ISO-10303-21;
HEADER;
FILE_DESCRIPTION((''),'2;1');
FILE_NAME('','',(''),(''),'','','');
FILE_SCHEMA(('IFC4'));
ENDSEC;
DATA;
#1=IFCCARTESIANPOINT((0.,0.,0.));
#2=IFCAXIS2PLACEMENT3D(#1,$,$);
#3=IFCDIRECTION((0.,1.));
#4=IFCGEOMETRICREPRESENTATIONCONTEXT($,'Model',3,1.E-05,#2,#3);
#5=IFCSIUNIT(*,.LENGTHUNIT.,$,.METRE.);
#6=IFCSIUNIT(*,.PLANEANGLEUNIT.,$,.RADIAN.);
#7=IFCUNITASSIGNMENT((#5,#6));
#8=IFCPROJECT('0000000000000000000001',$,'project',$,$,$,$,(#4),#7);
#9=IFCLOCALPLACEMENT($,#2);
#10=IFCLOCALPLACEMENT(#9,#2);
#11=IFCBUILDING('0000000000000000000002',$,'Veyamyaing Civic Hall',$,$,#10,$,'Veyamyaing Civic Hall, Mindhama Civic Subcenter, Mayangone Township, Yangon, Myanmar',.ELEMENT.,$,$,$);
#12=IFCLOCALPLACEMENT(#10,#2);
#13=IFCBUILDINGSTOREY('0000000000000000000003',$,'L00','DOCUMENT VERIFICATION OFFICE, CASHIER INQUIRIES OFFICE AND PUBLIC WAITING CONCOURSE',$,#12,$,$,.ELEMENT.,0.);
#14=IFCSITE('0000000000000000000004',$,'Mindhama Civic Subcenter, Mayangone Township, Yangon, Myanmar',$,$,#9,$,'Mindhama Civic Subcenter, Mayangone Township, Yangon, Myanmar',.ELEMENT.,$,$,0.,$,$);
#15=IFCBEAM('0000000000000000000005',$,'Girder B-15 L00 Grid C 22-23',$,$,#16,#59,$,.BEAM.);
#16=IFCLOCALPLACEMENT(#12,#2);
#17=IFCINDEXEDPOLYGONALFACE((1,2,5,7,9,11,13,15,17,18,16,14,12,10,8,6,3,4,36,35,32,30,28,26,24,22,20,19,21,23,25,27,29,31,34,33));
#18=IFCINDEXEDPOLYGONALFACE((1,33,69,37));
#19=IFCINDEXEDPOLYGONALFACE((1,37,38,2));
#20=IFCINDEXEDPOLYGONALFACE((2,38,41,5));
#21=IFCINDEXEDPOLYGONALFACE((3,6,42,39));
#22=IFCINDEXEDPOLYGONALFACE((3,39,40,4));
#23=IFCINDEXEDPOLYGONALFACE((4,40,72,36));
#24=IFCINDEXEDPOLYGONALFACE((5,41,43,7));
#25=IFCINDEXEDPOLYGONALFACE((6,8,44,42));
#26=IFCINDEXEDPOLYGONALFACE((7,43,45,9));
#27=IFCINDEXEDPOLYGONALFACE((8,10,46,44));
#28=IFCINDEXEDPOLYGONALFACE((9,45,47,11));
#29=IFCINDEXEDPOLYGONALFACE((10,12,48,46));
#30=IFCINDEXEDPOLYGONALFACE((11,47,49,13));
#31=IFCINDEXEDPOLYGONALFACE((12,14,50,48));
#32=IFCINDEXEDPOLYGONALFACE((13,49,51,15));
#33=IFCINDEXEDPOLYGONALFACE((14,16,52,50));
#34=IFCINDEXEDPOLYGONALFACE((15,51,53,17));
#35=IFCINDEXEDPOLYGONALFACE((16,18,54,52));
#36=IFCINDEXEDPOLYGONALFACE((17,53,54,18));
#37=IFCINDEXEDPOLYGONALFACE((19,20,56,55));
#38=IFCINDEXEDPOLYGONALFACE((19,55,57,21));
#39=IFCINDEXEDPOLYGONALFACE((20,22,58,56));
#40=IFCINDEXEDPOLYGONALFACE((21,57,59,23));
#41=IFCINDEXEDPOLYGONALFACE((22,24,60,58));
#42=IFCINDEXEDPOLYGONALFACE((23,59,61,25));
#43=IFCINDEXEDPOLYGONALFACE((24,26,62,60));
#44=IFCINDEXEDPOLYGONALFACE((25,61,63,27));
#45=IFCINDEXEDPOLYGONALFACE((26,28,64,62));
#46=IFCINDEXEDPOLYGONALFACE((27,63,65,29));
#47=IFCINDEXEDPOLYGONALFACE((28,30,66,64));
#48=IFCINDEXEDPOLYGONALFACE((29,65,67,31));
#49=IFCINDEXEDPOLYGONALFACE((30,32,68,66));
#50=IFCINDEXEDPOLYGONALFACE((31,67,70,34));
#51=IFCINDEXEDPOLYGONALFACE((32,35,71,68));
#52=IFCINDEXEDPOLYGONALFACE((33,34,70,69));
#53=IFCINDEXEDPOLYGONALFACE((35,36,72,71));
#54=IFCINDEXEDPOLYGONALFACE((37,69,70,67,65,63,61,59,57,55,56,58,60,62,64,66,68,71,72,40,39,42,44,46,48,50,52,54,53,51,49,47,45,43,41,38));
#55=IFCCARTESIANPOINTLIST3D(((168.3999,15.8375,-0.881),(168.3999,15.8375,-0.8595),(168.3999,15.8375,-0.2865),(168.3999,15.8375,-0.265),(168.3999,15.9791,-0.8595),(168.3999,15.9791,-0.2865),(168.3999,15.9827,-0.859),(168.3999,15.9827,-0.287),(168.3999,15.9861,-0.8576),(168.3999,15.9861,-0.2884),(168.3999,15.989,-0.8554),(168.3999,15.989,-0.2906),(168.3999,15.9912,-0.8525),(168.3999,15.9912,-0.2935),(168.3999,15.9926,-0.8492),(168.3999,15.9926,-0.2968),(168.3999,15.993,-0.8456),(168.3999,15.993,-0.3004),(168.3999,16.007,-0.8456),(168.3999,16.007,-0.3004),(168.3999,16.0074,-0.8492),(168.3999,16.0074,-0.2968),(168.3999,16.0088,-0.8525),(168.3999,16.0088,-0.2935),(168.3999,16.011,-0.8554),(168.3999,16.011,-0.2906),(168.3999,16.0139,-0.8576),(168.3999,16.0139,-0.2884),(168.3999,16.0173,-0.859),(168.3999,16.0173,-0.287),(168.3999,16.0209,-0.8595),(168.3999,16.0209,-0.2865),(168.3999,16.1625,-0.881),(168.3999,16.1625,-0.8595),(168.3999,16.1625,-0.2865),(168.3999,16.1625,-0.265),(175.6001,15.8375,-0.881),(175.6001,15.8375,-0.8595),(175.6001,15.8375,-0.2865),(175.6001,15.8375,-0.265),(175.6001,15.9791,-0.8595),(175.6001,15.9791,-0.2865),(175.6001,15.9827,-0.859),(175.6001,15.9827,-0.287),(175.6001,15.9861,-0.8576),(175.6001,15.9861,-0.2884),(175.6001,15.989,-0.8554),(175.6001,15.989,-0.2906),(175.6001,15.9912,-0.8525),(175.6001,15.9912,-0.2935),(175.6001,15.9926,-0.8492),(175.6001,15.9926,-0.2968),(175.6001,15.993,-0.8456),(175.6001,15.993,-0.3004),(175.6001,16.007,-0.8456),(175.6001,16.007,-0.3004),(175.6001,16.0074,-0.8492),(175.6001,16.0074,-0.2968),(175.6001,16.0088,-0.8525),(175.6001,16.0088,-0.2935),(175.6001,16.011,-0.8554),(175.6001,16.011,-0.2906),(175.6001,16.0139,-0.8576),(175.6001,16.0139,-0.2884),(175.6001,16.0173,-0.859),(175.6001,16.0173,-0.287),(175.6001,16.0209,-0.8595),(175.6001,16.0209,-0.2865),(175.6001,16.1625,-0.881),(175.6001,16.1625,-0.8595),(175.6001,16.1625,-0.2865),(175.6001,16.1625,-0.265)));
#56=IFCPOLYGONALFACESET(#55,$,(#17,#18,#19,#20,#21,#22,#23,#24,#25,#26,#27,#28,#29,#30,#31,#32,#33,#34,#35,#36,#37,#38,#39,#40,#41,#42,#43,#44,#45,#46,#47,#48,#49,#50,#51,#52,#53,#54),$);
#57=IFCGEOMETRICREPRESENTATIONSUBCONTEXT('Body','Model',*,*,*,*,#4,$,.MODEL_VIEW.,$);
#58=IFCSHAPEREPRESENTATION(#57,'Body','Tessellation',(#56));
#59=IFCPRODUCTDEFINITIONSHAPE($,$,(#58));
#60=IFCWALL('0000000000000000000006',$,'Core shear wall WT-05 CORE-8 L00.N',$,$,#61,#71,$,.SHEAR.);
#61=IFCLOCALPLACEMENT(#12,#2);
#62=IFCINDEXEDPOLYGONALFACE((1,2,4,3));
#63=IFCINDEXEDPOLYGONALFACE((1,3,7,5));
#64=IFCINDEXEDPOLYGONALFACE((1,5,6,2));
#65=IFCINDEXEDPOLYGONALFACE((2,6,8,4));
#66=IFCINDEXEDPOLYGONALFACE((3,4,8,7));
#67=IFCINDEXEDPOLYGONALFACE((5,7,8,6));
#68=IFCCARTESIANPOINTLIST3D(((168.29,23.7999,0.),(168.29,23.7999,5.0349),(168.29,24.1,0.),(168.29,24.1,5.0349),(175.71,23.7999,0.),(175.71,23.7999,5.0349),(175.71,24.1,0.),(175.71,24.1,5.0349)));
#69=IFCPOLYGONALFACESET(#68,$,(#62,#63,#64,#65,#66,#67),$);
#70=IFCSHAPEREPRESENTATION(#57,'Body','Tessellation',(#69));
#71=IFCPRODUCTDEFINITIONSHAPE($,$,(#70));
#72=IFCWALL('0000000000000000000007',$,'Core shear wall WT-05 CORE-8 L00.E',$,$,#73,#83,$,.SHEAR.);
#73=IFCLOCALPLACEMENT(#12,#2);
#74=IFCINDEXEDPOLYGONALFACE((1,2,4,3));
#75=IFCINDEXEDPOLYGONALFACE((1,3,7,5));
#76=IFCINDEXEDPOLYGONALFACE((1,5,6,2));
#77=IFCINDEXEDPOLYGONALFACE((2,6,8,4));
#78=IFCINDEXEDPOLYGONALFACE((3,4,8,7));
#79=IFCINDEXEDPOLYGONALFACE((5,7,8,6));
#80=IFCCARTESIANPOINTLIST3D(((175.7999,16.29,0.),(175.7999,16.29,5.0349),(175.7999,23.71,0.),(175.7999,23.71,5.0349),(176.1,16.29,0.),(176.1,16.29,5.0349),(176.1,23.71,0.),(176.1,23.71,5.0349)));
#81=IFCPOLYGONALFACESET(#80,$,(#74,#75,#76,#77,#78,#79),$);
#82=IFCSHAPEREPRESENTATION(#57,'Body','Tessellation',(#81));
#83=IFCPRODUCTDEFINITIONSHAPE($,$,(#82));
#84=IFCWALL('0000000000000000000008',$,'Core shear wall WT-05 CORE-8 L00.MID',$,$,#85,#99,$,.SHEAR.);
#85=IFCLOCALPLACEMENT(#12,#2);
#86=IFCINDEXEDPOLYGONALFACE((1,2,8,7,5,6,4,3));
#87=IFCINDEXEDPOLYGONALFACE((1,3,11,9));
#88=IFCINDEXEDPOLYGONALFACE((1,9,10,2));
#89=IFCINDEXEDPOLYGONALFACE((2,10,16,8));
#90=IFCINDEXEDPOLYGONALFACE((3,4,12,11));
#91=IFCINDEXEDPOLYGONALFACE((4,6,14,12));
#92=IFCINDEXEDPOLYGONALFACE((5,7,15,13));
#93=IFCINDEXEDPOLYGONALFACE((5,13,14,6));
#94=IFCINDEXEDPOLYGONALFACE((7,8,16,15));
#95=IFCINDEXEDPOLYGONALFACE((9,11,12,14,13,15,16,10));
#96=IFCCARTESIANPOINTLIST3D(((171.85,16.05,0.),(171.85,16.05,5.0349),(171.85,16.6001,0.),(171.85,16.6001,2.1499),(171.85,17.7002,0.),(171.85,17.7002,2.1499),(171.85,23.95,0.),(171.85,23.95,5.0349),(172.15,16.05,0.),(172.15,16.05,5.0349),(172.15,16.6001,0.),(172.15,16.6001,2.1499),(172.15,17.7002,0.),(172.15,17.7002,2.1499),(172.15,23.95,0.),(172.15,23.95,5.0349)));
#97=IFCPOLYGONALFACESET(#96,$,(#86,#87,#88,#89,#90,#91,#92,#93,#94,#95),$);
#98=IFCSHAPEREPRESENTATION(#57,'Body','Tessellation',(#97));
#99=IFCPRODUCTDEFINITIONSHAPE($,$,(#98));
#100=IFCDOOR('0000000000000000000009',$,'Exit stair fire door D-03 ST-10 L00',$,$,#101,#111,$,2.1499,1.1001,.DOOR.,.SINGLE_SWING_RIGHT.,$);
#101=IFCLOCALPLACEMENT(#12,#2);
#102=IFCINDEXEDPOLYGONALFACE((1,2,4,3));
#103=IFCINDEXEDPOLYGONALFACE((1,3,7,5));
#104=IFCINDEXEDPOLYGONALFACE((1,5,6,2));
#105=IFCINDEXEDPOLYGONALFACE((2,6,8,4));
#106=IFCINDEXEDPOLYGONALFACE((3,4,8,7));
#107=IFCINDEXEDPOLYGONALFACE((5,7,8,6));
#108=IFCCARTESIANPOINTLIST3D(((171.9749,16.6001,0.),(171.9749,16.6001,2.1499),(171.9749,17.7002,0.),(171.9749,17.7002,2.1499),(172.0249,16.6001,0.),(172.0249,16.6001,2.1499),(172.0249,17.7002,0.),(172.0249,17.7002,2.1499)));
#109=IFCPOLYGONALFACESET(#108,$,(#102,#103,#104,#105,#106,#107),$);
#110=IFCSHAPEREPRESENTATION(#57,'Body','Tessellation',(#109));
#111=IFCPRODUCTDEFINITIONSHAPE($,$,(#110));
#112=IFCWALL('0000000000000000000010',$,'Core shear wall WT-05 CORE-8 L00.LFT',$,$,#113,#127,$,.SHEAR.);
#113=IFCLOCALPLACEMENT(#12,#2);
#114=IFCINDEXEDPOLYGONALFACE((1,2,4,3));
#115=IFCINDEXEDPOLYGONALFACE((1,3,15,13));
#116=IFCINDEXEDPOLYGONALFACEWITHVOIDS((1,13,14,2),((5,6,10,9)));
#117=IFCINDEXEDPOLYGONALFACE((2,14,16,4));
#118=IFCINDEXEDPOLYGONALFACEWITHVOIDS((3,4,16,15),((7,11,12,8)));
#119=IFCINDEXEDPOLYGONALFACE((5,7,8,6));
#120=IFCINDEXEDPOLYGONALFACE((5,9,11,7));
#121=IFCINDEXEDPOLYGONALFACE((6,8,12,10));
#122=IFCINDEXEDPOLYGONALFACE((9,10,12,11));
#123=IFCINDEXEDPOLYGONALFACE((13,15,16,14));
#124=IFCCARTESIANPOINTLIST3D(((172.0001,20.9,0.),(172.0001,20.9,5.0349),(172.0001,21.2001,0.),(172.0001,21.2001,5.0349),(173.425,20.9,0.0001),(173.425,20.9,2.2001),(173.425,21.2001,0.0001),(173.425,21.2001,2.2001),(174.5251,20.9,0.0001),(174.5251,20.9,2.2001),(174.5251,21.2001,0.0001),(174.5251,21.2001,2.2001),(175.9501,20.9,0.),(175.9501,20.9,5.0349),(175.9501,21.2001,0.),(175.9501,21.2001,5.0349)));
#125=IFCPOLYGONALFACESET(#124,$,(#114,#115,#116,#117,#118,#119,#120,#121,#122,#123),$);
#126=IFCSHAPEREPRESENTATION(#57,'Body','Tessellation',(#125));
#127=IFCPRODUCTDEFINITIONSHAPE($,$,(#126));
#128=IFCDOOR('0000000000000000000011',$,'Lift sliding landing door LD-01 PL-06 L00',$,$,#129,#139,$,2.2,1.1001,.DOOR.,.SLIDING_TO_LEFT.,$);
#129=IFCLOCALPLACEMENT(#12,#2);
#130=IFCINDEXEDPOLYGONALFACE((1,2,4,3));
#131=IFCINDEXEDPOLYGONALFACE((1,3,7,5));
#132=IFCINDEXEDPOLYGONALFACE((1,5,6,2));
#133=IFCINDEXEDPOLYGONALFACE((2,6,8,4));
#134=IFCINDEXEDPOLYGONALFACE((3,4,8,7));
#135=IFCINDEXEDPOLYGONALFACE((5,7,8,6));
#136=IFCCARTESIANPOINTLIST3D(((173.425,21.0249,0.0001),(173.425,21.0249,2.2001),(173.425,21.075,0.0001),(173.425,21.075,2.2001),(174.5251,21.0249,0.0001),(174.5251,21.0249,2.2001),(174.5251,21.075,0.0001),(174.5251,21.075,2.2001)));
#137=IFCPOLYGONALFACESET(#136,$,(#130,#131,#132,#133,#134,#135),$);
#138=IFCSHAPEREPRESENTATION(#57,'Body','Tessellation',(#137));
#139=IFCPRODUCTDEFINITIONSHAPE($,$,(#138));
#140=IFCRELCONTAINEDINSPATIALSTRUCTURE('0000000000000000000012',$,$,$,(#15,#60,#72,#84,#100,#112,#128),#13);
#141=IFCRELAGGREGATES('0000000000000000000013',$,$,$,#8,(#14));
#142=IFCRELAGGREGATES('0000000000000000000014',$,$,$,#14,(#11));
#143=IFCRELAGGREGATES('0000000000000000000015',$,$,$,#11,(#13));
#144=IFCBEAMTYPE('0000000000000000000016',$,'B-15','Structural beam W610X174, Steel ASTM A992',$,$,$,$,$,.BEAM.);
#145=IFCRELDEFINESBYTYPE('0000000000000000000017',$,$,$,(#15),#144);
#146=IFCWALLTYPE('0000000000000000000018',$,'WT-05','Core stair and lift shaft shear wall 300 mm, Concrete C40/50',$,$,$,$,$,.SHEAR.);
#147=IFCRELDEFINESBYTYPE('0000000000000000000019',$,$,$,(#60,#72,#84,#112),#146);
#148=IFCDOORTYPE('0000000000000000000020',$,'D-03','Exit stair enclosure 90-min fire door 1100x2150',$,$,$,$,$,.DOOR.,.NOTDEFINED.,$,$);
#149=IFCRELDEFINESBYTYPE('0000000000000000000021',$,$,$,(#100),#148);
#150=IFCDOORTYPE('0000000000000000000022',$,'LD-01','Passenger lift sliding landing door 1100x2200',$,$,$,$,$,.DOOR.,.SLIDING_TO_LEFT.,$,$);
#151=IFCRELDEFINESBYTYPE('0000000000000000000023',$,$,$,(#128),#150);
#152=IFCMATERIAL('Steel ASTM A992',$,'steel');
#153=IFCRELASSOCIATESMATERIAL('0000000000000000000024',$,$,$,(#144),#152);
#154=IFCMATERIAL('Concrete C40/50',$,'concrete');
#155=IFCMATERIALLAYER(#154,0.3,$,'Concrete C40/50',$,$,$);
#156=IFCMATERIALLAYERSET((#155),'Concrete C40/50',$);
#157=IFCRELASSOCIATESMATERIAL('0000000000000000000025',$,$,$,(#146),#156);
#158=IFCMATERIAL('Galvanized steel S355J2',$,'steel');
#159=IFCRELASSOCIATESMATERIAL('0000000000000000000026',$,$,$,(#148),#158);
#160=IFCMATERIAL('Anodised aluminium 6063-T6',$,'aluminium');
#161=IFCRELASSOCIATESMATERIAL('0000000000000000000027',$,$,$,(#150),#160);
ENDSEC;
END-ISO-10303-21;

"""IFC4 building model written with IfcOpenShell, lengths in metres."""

from ifc_helpers import new_model, si_unit, direction, frame, frame_2d, origin, origin_2d, place, context, subcontext, project, spatial, rectangle, i_section, extrude, material, layer, layer_set, material_profile, profile_set, type_object, element, fill, save


model = new_model("IFC4")

# Units and contexts
model_context = context("Model", 3, precision=1e-05, world=origin(), true_north=direction((0.0, 1.0)))
body_context = subcontext(model_context, "Body", "Model", "MODEL_VIEW")
ifc_project = project(units=[si_unit("LENGTHUNIT", "METRE"), si_unit("PLANEANGLEUNIT", "RADIAN")], contexts=[model_context])

# Site, building, storey
site_placement = place(None, origin())
site = spatial("IfcSite", under=ifc_project, at=site_placement, Name="Mindhama Civic Subcenter, Mayangone Township, Yangon, Myanmar", LongName="Mindhama Civic Subcenter, Mayangone Township, Yangon, Myanmar", CompositionType="ELEMENT", RefElevation=0.0)
building_placement = place(site_placement, origin())
building = spatial("IfcBuilding", under=site, at=building_placement, Name="Veyamyaing Civic Hall", LongName="Veyamyaing Civic Hall, Mindhama Civic Subcenter, Mayangone Township, Yangon, Myanmar", CompositionType="ELEMENT")
storey_placement = place(building_placement, origin())
storey = spatial("IfcBuildingStorey", under=building, at=storey_placement, Name="L00", Description="DOCUMENT VERIFICATION OFFICE, CASHIER INQUIRIES OFFICE AND PUBLIC WAITING CONCOURSE", CompositionType="ELEMENT", Elevation=0.0)

# Beam
ifc_material_1 = material(Name="Steel ASTM A992", Category="steel")
ifc_material_profile_1 = material_profile(ifc_material_1, i_section(OverallWidth=0.325, OverallDepth=0.616, WebThickness=0.0139, FlangeThickness=0.0215, FilletRadius=0.0139, at=origin_2d()), Name="W610X174")
ifc_profile_set_1 = profile_set([ifc_material_profile_1], Name="Steel ASTM A992")
beam_type_1 = type_object("IfcBeamType", Name="B-15", Description="Structural beam W610X174, Steel ASTM A992", PredefinedType="BEAM", material=ifc_profile_set_1)
beam_1_placement = place(storey_placement, frame((168.3999, 16.0, -0.573), z_axis=(1.0, 0.0, 0.0), x_axis=(0.0, 1.0, 0.0)))
element("IfcBeam", 1, at=beam_1_placement, inside=storey, type_object=beam_type_1, Name="Girder B-15 L00 Grid C 22-23", PredefinedType="BEAM", context=body_context, shape_type="SweptSolid", body=[
    extrude(i_section(OverallWidth=0.325, OverallDepth=0.616, WebThickness=0.0139, FlangeThickness=0.0215, FilletRadius=0.0139, at=origin_2d()), origin(), (0.0, 0.0, 1.0), 7.2002),
])

# Walls
ifc_material_2 = material(Name="Concrete C40/50", Category="concrete")
ifc_layer_1 = layer(ifc_material_2, 0.3, Name="Concrete C40/50")
ifc_layer_set_1 = layer_set([ifc_layer_1], Name="Concrete C40/50")
wall_type_1 = type_object("IfcWallType", Name="WT-05", Description="Core stair and lift shaft shear wall 300 mm, Concrete C40/50", PredefinedType="SHEAR", material=ifc_layer_set_1)
for number, where, z_axis, x_axis, name in (
    (2, (168.29, 23.95, 0.0), (0.0, 0.0, 1.0), (1.0, 0.0, 0.0), "Core shear wall WT-05 CORE-8 L00.N"),
    (3, (175.95, 16.29, 0.0), (0.0, 0.0, 1.0), (0.0, 1.0, 0.0), "Core shear wall WT-05 CORE-8 L00.E"),
):
    element("IfcWall", number, at=place(storey_placement, frame(where, z_axis=z_axis, x_axis=x_axis)), inside=storey, type_object=wall_type_1, Name=name, PredefinedType="SHEAR", context=body_context, shape_type="SweptSolid", body=[
        extrude(rectangle(XDim=7.4199, YDim=0.3, at=frame_2d((3.71, 0.0))), origin(), (0.0, 0.0, 1.0), 5.0349),
    ])

# Walls, openings, doors
wall_1_placement = place(storey_placement, frame((172.0, 16.05, 0.0), z_axis=(0.0, 0.0, 1.0), x_axis=(0.0, 1.0, 0.0)))
wall_1 = element("IfcWall", 4, at=wall_1_placement, inside=storey, type_object=wall_type_1, Name="Core shear wall WT-05 CORE-8 L00.MID", PredefinedType="SHEAR", context=body_context, shape_type="SweptSolid", body=[
    extrude(rectangle(XDim=7.8999, YDim=0.3, at=frame_2d((3.95, 0.0))), origin(), (0.0, 0.0, 1.0), 5.0349),
])
opening_1_placement = place(wall_1_placement, frame((0.55, 0.0, 0.0)))
opening_1 = element("IfcOpeningElement", 5, at=opening_1_placement, cuts=wall_1, PredefinedType="OPENING", context=body_context, shape_type="SweptSolid", body=[
    extrude(rectangle(XDim=1.1001, YDim=2.1499, at=frame_2d((0.55, 1.075))), frame((0.0, 0.1599, 0.0), z_axis=(0.0, -1.0, 0.0), x_axis=(1.0, 0.0, 0.0)), (0.0, 0.0, 1.0), 0.3201),
])
ifc_material_3 = material(Name="Galvanized steel S355J2", Category="steel")
door_type_1 = type_object("IfcDoorType", Name="D-03", Description="Exit stair enclosure 90-min fire door 1100x2150", OperationType="NOTDEFINED", PredefinedType="DOOR", material=ifc_material_3)
door_1_placement = place(opening_1_placement, frame((1.1001, 0.0, 0.0), z_axis=(0.0, 0.0, 1.0), x_axis=(-1.0, 0.0, 0.0)))
door_1 = element("IfcDoor", 6, at=door_1_placement, inside=storey, type_object=door_type_1, Name="Exit stair fire door D-03 ST-10 L00", OperationType="SINGLE_SWING_RIGHT", OverallHeight=2.1499, OverallWidth=1.1001, PredefinedType="DOOR", context=body_context, shape_type="SweptSolid", body=[
    extrude(rectangle(XDim=1.1001, YDim=2.1499, at=frame_2d((0.55, 1.075))), frame((0.0, 0.0249, 0.0), z_axis=(0.0, -1.0, 0.0), x_axis=(1.0, 0.0, 0.0)), (0.0, 0.0, 1.0), 0.05),
])
fill(opening_1, door_1)
wall_2_placement = place(storey_placement, frame((172.0, 21.05, 0.0), z_axis=(0.0, 0.0, 1.0), x_axis=(1.0, 0.0, 0.0)))
wall_2 = element("IfcWall", 7, at=wall_2_placement, inside=storey, type_object=wall_type_1, Name="Core shear wall WT-05 CORE-8 L00.LFT", PredefinedType="SHEAR", context=body_context, shape_type="SweptSolid", body=[
    extrude(rectangle(XDim=3.95, YDim=0.3, at=frame_2d((1.9751, 0.0))), origin(), (0.0, 0.0, 1.0), 5.0349),
])
opening_2_placement = place(wall_2_placement, frame((1.425, 0.0, 0.0)))
opening_2 = element("IfcOpeningElement", 8, at=opening_2_placement, cuts=wall_2, PredefinedType="OPENING", context=body_context, shape_type="SweptSolid", body=[
    extrude(rectangle(XDim=1.1001, YDim=2.2, at=frame_2d((0.55, 1.1001))), frame((0.0, 0.1599, 0.0), z_axis=(0.0, -1.0, 0.0), x_axis=(1.0, 0.0, 0.0)), (0.0, 0.0, 1.0), 0.3201),
])
ifc_material_4 = material(Name="Anodised aluminium 6063-T6", Category="aluminium")
door_type_2 = type_object("IfcDoorType", Name="LD-01", Description="Passenger lift sliding landing door 1100x2200", OperationType="SLIDING_TO_LEFT", PredefinedType="DOOR", material=ifc_material_4)
door_2_placement = place(opening_2_placement, origin())
door_2 = element("IfcDoor", 9, at=door_2_placement, inside=storey, type_object=door_type_2, Name="Lift sliding landing door LD-01 PL-06 L00", OperationType="SLIDING_TO_LEFT", OverallHeight=2.2, OverallWidth=1.1001, PredefinedType="DOOR", context=body_context, shape_type="SweptSolid", body=[
    extrude(rectangle(XDim=1.1001, YDim=2.2, at=frame_2d((0.55, 1.1001))), frame((0.0, 0.0249, 0.0), z_axis=(0.0, -1.0, 0.0), x_axis=(1.0, 0.0, 0.0)), (0.0, 0.0, 1.0), 0.05),
])
fill(opening_2, door_2)

save(model, "model.ifc")
